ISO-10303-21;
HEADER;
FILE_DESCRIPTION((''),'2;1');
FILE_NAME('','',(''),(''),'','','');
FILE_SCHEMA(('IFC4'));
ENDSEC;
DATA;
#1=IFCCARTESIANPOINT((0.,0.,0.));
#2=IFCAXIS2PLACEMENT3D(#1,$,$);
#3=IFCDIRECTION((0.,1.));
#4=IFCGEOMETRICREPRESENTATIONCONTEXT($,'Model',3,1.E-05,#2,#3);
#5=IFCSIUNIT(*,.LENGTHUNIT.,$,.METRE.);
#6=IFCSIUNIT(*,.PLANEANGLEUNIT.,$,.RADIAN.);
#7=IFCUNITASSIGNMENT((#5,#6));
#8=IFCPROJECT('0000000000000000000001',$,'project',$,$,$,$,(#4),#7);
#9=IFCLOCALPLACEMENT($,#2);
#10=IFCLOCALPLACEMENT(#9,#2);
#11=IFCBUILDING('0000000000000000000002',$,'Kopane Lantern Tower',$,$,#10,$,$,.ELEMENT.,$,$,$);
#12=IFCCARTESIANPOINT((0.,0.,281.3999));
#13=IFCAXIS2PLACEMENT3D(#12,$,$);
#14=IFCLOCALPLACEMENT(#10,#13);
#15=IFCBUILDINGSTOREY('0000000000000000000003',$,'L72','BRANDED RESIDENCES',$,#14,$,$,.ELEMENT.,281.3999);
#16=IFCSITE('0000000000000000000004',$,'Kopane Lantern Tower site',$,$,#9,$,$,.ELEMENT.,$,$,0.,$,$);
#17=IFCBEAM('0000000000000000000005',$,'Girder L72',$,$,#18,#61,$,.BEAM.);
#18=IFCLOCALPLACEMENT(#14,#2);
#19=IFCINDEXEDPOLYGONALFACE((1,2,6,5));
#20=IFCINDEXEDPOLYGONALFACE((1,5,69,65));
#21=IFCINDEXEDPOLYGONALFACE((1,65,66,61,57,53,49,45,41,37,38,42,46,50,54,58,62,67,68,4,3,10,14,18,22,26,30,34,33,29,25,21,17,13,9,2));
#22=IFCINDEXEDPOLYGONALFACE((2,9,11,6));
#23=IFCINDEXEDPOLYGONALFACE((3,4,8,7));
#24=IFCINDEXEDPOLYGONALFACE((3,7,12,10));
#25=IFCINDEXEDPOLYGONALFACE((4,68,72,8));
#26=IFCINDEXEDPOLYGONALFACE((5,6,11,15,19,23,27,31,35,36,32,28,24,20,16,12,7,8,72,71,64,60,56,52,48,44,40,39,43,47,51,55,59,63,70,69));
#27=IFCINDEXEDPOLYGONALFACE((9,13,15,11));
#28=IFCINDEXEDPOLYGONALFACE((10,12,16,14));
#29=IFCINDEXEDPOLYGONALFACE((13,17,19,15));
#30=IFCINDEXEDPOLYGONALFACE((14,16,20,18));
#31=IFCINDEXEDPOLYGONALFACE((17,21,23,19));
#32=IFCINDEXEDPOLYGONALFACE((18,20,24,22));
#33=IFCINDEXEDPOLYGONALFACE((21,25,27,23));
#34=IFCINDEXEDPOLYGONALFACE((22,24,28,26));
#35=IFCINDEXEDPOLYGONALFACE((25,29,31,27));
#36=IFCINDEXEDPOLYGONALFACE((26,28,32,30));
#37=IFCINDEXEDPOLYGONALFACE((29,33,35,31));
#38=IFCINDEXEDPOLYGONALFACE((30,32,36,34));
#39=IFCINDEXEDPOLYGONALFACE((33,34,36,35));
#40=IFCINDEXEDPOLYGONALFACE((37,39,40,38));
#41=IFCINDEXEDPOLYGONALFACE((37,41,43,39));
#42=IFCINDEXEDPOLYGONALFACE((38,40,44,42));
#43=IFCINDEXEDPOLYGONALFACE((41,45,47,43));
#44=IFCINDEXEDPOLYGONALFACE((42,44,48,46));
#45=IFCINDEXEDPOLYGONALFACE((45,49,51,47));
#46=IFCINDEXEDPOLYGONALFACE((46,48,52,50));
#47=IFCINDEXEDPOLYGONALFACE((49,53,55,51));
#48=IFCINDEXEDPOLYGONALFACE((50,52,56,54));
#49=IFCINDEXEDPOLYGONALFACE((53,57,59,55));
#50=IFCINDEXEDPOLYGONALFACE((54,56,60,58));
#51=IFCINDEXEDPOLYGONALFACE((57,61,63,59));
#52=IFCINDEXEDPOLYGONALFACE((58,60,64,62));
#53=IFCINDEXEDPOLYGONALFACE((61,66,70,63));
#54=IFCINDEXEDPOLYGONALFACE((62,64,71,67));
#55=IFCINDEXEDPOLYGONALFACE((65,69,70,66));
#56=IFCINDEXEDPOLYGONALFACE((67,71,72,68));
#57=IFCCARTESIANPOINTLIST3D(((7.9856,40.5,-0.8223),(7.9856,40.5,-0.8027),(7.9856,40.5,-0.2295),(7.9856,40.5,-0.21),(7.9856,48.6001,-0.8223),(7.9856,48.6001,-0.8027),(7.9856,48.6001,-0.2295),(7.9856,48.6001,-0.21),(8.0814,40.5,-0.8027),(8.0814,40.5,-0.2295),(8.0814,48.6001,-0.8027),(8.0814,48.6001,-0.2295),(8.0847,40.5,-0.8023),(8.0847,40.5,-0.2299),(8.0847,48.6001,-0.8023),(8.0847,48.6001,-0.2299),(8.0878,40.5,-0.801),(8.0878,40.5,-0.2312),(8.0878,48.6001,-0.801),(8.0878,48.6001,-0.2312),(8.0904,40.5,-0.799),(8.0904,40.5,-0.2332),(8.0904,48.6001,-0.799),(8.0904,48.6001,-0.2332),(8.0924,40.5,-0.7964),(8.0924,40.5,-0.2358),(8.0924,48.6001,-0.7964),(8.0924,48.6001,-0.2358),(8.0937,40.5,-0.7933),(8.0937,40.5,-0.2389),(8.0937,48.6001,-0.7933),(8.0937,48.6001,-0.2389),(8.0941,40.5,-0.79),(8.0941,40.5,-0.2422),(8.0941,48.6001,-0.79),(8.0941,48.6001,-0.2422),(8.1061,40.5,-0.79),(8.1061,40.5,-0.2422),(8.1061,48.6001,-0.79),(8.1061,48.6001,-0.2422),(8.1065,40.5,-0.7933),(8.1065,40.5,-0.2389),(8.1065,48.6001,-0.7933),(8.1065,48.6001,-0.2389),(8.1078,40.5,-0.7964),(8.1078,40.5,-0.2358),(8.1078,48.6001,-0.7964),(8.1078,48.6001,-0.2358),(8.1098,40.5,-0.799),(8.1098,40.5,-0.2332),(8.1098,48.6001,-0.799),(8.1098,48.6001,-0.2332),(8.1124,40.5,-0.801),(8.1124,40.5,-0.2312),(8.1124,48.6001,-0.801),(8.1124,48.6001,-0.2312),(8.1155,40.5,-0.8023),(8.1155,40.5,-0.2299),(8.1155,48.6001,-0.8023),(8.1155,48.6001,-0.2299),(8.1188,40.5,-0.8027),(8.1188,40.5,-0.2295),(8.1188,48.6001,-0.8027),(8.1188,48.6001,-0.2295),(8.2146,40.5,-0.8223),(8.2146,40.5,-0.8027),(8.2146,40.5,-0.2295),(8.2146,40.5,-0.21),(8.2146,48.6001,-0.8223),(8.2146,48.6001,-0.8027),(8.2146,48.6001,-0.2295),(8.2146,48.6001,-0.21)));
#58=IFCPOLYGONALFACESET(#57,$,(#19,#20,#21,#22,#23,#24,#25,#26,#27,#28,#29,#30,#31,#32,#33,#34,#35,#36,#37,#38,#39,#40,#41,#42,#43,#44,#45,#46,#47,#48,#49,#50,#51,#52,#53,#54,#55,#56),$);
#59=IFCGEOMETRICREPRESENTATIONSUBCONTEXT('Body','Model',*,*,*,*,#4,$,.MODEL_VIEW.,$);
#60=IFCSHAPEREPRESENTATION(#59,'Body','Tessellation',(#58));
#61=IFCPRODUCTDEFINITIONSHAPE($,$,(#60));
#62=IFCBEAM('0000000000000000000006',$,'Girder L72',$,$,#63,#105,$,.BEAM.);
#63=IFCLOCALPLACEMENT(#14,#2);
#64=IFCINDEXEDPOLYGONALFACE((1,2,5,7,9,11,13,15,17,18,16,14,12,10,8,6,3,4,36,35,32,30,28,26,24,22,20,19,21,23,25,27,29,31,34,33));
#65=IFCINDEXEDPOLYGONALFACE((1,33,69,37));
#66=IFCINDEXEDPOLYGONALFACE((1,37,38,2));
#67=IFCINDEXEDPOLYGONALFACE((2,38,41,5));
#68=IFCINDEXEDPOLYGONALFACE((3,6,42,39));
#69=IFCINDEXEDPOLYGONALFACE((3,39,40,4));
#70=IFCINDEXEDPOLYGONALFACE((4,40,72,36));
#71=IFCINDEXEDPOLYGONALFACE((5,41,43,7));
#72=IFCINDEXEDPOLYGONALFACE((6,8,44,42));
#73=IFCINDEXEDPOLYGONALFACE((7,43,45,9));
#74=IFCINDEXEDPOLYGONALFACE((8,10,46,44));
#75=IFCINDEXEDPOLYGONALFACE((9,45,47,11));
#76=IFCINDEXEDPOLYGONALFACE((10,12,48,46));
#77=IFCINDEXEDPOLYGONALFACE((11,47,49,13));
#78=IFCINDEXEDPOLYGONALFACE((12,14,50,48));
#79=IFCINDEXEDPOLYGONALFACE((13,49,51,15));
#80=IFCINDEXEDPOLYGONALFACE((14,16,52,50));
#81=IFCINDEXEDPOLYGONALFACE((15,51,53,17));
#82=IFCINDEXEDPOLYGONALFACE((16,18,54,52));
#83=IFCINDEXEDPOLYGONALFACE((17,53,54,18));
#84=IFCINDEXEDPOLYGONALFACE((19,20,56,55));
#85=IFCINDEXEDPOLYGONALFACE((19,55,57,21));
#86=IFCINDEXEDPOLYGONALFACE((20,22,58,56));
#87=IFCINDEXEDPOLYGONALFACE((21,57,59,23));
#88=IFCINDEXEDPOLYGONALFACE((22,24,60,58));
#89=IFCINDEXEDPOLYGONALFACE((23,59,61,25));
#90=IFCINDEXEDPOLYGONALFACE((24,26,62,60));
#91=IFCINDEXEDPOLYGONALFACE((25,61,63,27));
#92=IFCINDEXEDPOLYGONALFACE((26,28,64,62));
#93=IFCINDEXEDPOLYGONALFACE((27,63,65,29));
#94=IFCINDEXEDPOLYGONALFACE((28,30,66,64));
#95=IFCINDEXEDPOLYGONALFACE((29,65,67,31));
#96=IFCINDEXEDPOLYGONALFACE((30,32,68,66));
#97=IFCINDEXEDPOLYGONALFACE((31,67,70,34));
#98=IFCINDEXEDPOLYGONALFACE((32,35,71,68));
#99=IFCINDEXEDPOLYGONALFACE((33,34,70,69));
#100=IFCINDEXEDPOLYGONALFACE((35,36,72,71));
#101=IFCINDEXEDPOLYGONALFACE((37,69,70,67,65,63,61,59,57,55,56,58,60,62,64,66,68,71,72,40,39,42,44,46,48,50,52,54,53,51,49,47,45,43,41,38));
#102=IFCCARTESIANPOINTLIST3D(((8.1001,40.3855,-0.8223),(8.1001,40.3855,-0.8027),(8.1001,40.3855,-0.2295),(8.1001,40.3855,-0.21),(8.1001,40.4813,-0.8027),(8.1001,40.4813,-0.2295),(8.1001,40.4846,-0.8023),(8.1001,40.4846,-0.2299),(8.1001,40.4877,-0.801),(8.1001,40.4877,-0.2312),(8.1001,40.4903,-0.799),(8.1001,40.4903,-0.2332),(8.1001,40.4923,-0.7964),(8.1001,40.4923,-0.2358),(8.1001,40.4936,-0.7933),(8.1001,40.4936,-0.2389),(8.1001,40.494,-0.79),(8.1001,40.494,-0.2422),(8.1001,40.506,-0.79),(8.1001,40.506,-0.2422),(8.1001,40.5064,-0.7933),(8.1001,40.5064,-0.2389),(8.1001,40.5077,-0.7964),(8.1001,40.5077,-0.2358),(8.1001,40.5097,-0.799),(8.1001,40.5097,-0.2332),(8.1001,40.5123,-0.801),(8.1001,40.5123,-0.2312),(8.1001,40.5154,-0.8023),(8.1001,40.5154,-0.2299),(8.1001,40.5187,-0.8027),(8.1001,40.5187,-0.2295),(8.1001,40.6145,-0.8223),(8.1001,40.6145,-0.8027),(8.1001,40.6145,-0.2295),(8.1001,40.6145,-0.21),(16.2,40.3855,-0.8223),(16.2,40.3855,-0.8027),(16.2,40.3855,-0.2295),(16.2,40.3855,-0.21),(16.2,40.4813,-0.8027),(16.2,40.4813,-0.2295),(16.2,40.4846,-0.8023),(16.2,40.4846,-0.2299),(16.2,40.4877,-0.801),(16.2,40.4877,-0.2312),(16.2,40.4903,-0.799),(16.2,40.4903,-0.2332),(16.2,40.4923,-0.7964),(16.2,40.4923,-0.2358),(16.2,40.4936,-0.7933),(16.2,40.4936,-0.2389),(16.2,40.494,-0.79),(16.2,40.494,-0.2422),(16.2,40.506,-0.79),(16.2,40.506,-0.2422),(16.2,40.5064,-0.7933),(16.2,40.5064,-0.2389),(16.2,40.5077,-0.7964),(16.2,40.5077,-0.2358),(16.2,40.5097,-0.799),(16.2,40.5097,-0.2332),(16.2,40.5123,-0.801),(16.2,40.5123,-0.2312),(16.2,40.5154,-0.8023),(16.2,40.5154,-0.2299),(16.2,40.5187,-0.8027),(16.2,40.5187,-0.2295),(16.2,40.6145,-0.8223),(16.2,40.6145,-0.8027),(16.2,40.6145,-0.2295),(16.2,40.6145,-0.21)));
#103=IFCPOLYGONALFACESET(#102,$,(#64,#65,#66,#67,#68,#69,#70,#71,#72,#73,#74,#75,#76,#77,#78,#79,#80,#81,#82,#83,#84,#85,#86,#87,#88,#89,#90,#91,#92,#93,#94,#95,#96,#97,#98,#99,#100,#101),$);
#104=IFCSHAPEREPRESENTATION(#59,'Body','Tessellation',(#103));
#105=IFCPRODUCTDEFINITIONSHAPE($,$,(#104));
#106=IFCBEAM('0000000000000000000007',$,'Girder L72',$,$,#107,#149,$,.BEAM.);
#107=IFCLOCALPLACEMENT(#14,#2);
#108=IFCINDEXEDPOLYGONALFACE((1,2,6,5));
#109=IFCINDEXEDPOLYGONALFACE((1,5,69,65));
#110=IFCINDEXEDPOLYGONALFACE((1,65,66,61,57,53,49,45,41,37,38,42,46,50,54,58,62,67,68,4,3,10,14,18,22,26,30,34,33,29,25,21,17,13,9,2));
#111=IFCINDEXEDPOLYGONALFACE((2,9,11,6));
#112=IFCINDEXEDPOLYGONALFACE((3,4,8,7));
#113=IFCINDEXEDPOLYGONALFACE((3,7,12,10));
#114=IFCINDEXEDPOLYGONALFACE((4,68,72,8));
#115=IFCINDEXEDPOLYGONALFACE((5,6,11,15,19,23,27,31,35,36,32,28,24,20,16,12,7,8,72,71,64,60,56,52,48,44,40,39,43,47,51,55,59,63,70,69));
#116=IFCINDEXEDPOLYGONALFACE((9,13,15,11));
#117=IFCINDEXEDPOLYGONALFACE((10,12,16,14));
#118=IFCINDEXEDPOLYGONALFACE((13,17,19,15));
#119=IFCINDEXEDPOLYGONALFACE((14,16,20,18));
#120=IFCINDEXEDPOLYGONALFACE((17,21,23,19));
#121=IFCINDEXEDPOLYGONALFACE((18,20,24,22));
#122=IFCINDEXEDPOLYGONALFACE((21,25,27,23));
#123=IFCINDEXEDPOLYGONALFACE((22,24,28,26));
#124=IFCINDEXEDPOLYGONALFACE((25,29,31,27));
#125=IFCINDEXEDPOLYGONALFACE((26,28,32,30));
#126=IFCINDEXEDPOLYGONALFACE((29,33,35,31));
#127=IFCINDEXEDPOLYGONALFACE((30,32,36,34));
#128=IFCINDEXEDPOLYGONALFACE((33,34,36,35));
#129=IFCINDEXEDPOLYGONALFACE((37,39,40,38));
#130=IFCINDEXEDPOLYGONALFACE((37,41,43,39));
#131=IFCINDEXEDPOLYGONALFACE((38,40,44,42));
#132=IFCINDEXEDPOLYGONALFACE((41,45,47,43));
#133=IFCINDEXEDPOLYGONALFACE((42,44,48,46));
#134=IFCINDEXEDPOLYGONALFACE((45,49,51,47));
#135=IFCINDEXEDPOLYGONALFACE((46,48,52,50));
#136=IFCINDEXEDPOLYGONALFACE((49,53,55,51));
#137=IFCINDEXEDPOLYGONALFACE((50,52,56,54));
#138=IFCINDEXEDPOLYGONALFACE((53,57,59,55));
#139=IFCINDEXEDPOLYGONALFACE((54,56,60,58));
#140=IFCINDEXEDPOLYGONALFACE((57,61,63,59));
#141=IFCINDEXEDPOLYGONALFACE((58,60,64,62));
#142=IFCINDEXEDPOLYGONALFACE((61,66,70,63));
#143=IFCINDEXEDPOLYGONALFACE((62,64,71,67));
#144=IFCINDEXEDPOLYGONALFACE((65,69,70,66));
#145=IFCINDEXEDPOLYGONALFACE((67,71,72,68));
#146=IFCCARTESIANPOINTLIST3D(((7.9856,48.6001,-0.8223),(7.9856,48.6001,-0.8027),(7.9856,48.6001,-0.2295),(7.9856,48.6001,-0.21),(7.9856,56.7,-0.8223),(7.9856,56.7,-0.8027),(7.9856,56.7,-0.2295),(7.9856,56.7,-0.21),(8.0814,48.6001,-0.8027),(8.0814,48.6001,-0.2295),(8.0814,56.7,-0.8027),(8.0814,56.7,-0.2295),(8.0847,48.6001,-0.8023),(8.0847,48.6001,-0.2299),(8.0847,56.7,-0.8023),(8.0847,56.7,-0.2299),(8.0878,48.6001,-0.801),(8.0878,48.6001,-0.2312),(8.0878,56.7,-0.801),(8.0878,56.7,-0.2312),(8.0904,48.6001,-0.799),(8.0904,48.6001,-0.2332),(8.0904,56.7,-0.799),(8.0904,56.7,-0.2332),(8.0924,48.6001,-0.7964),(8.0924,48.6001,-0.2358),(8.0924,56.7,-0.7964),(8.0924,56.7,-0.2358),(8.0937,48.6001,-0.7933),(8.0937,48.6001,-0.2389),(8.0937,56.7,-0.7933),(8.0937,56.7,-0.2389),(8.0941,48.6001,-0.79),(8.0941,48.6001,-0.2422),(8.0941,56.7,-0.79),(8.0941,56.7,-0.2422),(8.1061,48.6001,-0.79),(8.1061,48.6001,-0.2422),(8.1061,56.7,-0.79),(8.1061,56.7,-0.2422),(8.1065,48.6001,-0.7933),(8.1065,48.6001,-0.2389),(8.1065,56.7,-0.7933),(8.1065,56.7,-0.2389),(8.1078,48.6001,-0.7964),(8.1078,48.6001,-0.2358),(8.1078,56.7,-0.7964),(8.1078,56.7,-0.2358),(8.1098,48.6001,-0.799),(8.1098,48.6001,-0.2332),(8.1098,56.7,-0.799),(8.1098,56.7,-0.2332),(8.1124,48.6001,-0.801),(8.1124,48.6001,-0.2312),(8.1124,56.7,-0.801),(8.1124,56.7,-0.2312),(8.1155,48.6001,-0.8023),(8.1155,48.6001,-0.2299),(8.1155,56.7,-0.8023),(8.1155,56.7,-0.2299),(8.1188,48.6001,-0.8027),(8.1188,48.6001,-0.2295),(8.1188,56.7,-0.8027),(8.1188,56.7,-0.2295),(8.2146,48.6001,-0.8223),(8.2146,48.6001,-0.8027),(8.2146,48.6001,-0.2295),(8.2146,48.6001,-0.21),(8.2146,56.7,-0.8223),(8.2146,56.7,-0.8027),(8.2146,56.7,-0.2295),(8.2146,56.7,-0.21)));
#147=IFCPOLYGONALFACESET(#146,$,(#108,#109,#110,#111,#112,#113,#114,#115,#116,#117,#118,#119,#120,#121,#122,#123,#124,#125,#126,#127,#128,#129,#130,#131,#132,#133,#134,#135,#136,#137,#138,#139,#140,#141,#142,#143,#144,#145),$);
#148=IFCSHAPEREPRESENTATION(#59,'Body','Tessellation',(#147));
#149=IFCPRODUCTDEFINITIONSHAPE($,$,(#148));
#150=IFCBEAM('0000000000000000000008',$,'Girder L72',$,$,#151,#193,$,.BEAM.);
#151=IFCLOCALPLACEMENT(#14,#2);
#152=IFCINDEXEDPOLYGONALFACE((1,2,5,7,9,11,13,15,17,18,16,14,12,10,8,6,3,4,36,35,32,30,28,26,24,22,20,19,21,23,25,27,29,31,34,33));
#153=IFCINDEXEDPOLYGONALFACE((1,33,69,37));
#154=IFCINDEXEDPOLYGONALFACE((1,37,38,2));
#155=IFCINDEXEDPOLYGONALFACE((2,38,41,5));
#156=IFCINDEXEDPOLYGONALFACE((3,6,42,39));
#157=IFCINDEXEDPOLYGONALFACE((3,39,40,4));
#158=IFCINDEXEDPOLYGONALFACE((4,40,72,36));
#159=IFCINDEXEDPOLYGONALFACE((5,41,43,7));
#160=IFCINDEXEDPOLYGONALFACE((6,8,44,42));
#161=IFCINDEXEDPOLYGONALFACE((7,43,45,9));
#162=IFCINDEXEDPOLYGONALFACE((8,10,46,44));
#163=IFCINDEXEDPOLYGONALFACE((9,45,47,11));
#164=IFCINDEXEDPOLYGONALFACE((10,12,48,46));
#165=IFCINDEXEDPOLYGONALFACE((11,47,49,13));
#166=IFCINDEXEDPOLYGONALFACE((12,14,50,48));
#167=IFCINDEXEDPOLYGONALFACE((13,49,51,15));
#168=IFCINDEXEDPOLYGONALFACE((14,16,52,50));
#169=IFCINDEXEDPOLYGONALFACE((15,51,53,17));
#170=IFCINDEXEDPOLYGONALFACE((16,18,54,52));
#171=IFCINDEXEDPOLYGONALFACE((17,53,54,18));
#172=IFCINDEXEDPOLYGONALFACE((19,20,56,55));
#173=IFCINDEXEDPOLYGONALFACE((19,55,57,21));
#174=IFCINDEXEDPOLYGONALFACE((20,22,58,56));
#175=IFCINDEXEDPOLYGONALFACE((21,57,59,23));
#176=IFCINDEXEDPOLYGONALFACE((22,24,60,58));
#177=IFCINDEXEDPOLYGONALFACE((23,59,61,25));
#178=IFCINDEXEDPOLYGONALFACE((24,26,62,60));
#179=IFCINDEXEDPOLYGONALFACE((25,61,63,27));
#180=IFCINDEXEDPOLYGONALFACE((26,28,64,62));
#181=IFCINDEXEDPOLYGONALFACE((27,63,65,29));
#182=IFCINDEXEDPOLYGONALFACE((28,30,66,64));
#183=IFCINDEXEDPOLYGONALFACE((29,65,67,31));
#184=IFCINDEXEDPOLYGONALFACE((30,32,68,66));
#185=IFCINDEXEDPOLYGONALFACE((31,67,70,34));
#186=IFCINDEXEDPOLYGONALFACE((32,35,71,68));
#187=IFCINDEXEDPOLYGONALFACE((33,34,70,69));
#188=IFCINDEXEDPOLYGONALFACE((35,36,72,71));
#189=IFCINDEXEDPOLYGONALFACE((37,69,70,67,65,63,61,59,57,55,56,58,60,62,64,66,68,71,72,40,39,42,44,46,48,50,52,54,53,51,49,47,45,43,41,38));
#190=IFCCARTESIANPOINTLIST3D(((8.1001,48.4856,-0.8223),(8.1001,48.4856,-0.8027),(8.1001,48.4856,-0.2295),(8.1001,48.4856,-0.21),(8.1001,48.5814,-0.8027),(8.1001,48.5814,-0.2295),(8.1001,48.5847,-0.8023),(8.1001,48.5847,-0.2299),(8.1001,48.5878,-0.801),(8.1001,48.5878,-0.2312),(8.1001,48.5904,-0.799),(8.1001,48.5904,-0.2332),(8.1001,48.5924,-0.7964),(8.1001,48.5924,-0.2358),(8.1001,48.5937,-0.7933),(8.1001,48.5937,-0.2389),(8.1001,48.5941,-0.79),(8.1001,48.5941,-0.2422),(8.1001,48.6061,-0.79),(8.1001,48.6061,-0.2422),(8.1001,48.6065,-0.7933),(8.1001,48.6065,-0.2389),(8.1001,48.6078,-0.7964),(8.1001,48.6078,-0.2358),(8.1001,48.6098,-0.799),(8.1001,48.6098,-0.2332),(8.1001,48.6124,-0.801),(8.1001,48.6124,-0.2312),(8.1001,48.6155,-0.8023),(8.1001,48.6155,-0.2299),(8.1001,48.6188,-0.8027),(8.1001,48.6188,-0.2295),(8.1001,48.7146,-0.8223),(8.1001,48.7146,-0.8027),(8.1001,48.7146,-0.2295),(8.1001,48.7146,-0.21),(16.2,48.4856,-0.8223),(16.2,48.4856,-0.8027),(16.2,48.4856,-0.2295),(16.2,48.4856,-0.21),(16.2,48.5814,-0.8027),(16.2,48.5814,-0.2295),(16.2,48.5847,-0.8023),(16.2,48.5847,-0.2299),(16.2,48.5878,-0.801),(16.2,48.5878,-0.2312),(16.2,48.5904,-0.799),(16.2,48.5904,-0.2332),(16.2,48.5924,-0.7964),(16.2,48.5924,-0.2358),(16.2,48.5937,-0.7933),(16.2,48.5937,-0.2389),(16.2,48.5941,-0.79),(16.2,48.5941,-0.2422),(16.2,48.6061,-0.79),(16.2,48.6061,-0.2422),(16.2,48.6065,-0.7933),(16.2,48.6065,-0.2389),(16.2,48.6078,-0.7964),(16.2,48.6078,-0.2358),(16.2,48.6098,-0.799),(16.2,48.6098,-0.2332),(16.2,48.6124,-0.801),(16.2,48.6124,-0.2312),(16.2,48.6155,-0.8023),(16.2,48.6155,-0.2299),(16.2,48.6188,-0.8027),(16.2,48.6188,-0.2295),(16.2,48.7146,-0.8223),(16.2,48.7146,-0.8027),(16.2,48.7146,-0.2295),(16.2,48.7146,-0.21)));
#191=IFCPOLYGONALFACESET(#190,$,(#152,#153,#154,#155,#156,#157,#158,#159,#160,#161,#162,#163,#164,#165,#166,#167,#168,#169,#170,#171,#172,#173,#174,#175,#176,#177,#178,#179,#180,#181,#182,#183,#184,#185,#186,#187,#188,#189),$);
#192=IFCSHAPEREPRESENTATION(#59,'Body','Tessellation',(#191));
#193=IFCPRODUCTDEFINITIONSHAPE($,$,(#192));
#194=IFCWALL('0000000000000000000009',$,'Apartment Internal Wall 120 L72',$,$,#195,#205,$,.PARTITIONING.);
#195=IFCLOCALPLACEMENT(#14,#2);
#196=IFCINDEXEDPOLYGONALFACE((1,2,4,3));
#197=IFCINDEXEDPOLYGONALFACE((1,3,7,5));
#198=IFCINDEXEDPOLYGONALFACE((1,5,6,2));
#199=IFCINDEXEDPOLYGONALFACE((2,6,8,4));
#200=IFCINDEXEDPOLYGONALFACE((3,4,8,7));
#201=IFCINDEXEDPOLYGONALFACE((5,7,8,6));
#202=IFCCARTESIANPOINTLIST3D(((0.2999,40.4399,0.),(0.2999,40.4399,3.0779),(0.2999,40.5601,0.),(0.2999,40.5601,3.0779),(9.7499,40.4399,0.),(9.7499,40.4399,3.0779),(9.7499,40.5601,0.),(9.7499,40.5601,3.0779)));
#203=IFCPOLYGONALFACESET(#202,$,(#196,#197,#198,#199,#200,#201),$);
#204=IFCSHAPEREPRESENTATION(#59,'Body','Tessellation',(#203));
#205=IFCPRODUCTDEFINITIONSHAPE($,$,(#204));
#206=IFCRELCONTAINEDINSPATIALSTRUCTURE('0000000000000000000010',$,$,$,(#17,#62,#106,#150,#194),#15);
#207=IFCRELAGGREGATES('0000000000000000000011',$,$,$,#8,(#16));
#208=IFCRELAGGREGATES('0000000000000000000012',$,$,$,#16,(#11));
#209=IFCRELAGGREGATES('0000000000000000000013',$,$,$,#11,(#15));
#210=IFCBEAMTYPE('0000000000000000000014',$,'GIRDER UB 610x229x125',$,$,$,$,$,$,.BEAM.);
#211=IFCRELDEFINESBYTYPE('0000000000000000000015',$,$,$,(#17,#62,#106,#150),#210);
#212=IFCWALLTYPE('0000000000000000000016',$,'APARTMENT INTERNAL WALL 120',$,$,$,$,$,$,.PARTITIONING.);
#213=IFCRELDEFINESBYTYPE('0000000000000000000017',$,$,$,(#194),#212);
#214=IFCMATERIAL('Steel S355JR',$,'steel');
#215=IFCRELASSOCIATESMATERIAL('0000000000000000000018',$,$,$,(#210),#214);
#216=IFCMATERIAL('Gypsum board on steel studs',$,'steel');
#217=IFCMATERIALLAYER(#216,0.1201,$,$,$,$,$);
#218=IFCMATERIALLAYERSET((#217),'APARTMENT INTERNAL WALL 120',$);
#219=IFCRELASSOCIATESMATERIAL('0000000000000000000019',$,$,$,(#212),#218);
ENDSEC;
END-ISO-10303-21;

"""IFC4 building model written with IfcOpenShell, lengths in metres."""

from ifc_helpers import new_model, si_unit, direction, frame, frame_2d, origin, origin_2d, place, context, subcontext, project, spatial, rectangle, i_section, extrude, material, layer, layer_set, material_profile, profile_set, type_object, element, save


model = new_model("IFC4")

# Units and contexts
model_context = context("Model", 3, precision=1e-05, world=origin(), true_north=direction((0.0, 1.0)))
body_context = subcontext(model_context, "Body", "Model", "MODEL_VIEW")
ifc_project = project(units=[si_unit("LENGTHUNIT", "METRE"), si_unit("PLANEANGLEUNIT", "RADIAN")], contexts=[model_context])

# Site, building, storey
site_placement = place(None, origin())
site = spatial("IfcSite", under=ifc_project, at=site_placement, Name="Kopane Lantern Tower site", CompositionType="ELEMENT", RefElevation=0.0)
building_placement = place(site_placement, origin())
building = spatial("IfcBuilding", under=site, at=building_placement, Name="Kopane Lantern Tower", CompositionType="ELEMENT")
storey_placement = place(building_placement, frame((0.0, 0.0, 281.3999)))
storey = spatial("IfcBuildingStorey", under=building, at=storey_placement, Name="L72", Description="BRANDED RESIDENCES", CompositionType="ELEMENT", Elevation=281.3999)

# Beams
ifc_material_1 = material(Name="Steel S355JR", Category="steel")
ifc_material_profile_1 = material_profile(ifc_material_1, i_section(OverallWidth=0.229, OverallDepth=0.6123, WebThickness=0.012, FlangeThickness=0.0195, FilletRadius=0.0127, at=origin_2d()), Name="UB 610x229x125")
ifc_profile_set_1 = profile_set([ifc_material_profile_1], Name="Steel S355JR")
beam_type = type_object("IfcBeamType", Name="GIRDER UB 610x229x125", PredefinedType="BEAM", material=ifc_profile_set_1)
for number, where, z_axis, x_axis, name in (
    (1, (8.1001, 40.5, -0.5161), (0.0, 1.0, 0.0), (-1.0, 0.0, 0.0), "Girder L72"),
):
    element("IfcBeam", number, at=place(storey_placement, frame(where, z_axis=z_axis, x_axis=x_axis)), inside=storey, type_object=beam_type, Name=name, PredefinedType="BEAM", context=body_context, shape_type="SweptSolid", body=[
        extrude(i_section(OverallWidth=0.229, OverallDepth=0.6123, WebThickness=0.012, FlangeThickness=0.0195, FilletRadius=0.0127, at=origin_2d()), origin(), (0.0, 0.0, 1.0), 8.1001),
    ])
for number, where, z_axis, x_axis, name in (
    (2, (8.1001, 40.5, -0.5161), (1.0, 0.0, 0.0), (0.0, 1.0, 0.0), "Girder L72"),
    (3, (8.1001, 48.6001, -0.5161), (0.0, 1.0, 0.0), (-1.0, 0.0, 0.0), "Girder L72"),
    (4, (8.1001, 48.6001, -0.5161), (1.0, 0.0, 0.0), (0.0, 1.0, 0.0), "Girder L72"),
):
    element("IfcBeam", number, at=place(storey_placement, frame(where, z_axis=z_axis, x_axis=x_axis)), inside=storey, type_object=beam_type, Name=name, PredefinedType="BEAM", context=body_context, shape_type="SweptSolid", body=[
        extrude(i_section(OverallWidth=0.229, OverallDepth=0.6123, WebThickness=0.012, FlangeThickness=0.0195, FilletRadius=0.0127, at=origin_2d()), origin(), (0.0, 0.0, 1.0), 8.0999),
    ])

# Wall
ifc_material_2 = material(Name="Gypsum board on steel studs", Category="steel")
ifc_layer_1 = layer(ifc_material_2, 0.1201)
ifc_layer_set_1 = layer_set([ifc_layer_1], Name="APARTMENT INTERNAL WALL 120")
wall_type_1 = type_object("IfcWallType", Name="APARTMENT INTERNAL WALL 120", PredefinedType="PARTITIONING", material=ifc_layer_set_1)
wall_1_placement = place(storey_placement, frame((9.75, 40.5, 0.0), z_axis=(0.0, 0.0, 1.0), x_axis=(-1.0, 0.0, 0.0)))
element("IfcWall", 5, at=wall_1_placement, inside=storey, type_object=wall_type_1, Name="Apartment Internal Wall 120 L72", PredefinedType="PARTITIONING", context=body_context, shape_type="SweptSolid", body=[
    extrude(rectangle(XDim=9.45, YDim=0.1201, at=frame_2d((4.7251, 0.0))), origin(), (0.0, 0.0, 1.0), 3.0779),
])

save(model, "model.ifc")
